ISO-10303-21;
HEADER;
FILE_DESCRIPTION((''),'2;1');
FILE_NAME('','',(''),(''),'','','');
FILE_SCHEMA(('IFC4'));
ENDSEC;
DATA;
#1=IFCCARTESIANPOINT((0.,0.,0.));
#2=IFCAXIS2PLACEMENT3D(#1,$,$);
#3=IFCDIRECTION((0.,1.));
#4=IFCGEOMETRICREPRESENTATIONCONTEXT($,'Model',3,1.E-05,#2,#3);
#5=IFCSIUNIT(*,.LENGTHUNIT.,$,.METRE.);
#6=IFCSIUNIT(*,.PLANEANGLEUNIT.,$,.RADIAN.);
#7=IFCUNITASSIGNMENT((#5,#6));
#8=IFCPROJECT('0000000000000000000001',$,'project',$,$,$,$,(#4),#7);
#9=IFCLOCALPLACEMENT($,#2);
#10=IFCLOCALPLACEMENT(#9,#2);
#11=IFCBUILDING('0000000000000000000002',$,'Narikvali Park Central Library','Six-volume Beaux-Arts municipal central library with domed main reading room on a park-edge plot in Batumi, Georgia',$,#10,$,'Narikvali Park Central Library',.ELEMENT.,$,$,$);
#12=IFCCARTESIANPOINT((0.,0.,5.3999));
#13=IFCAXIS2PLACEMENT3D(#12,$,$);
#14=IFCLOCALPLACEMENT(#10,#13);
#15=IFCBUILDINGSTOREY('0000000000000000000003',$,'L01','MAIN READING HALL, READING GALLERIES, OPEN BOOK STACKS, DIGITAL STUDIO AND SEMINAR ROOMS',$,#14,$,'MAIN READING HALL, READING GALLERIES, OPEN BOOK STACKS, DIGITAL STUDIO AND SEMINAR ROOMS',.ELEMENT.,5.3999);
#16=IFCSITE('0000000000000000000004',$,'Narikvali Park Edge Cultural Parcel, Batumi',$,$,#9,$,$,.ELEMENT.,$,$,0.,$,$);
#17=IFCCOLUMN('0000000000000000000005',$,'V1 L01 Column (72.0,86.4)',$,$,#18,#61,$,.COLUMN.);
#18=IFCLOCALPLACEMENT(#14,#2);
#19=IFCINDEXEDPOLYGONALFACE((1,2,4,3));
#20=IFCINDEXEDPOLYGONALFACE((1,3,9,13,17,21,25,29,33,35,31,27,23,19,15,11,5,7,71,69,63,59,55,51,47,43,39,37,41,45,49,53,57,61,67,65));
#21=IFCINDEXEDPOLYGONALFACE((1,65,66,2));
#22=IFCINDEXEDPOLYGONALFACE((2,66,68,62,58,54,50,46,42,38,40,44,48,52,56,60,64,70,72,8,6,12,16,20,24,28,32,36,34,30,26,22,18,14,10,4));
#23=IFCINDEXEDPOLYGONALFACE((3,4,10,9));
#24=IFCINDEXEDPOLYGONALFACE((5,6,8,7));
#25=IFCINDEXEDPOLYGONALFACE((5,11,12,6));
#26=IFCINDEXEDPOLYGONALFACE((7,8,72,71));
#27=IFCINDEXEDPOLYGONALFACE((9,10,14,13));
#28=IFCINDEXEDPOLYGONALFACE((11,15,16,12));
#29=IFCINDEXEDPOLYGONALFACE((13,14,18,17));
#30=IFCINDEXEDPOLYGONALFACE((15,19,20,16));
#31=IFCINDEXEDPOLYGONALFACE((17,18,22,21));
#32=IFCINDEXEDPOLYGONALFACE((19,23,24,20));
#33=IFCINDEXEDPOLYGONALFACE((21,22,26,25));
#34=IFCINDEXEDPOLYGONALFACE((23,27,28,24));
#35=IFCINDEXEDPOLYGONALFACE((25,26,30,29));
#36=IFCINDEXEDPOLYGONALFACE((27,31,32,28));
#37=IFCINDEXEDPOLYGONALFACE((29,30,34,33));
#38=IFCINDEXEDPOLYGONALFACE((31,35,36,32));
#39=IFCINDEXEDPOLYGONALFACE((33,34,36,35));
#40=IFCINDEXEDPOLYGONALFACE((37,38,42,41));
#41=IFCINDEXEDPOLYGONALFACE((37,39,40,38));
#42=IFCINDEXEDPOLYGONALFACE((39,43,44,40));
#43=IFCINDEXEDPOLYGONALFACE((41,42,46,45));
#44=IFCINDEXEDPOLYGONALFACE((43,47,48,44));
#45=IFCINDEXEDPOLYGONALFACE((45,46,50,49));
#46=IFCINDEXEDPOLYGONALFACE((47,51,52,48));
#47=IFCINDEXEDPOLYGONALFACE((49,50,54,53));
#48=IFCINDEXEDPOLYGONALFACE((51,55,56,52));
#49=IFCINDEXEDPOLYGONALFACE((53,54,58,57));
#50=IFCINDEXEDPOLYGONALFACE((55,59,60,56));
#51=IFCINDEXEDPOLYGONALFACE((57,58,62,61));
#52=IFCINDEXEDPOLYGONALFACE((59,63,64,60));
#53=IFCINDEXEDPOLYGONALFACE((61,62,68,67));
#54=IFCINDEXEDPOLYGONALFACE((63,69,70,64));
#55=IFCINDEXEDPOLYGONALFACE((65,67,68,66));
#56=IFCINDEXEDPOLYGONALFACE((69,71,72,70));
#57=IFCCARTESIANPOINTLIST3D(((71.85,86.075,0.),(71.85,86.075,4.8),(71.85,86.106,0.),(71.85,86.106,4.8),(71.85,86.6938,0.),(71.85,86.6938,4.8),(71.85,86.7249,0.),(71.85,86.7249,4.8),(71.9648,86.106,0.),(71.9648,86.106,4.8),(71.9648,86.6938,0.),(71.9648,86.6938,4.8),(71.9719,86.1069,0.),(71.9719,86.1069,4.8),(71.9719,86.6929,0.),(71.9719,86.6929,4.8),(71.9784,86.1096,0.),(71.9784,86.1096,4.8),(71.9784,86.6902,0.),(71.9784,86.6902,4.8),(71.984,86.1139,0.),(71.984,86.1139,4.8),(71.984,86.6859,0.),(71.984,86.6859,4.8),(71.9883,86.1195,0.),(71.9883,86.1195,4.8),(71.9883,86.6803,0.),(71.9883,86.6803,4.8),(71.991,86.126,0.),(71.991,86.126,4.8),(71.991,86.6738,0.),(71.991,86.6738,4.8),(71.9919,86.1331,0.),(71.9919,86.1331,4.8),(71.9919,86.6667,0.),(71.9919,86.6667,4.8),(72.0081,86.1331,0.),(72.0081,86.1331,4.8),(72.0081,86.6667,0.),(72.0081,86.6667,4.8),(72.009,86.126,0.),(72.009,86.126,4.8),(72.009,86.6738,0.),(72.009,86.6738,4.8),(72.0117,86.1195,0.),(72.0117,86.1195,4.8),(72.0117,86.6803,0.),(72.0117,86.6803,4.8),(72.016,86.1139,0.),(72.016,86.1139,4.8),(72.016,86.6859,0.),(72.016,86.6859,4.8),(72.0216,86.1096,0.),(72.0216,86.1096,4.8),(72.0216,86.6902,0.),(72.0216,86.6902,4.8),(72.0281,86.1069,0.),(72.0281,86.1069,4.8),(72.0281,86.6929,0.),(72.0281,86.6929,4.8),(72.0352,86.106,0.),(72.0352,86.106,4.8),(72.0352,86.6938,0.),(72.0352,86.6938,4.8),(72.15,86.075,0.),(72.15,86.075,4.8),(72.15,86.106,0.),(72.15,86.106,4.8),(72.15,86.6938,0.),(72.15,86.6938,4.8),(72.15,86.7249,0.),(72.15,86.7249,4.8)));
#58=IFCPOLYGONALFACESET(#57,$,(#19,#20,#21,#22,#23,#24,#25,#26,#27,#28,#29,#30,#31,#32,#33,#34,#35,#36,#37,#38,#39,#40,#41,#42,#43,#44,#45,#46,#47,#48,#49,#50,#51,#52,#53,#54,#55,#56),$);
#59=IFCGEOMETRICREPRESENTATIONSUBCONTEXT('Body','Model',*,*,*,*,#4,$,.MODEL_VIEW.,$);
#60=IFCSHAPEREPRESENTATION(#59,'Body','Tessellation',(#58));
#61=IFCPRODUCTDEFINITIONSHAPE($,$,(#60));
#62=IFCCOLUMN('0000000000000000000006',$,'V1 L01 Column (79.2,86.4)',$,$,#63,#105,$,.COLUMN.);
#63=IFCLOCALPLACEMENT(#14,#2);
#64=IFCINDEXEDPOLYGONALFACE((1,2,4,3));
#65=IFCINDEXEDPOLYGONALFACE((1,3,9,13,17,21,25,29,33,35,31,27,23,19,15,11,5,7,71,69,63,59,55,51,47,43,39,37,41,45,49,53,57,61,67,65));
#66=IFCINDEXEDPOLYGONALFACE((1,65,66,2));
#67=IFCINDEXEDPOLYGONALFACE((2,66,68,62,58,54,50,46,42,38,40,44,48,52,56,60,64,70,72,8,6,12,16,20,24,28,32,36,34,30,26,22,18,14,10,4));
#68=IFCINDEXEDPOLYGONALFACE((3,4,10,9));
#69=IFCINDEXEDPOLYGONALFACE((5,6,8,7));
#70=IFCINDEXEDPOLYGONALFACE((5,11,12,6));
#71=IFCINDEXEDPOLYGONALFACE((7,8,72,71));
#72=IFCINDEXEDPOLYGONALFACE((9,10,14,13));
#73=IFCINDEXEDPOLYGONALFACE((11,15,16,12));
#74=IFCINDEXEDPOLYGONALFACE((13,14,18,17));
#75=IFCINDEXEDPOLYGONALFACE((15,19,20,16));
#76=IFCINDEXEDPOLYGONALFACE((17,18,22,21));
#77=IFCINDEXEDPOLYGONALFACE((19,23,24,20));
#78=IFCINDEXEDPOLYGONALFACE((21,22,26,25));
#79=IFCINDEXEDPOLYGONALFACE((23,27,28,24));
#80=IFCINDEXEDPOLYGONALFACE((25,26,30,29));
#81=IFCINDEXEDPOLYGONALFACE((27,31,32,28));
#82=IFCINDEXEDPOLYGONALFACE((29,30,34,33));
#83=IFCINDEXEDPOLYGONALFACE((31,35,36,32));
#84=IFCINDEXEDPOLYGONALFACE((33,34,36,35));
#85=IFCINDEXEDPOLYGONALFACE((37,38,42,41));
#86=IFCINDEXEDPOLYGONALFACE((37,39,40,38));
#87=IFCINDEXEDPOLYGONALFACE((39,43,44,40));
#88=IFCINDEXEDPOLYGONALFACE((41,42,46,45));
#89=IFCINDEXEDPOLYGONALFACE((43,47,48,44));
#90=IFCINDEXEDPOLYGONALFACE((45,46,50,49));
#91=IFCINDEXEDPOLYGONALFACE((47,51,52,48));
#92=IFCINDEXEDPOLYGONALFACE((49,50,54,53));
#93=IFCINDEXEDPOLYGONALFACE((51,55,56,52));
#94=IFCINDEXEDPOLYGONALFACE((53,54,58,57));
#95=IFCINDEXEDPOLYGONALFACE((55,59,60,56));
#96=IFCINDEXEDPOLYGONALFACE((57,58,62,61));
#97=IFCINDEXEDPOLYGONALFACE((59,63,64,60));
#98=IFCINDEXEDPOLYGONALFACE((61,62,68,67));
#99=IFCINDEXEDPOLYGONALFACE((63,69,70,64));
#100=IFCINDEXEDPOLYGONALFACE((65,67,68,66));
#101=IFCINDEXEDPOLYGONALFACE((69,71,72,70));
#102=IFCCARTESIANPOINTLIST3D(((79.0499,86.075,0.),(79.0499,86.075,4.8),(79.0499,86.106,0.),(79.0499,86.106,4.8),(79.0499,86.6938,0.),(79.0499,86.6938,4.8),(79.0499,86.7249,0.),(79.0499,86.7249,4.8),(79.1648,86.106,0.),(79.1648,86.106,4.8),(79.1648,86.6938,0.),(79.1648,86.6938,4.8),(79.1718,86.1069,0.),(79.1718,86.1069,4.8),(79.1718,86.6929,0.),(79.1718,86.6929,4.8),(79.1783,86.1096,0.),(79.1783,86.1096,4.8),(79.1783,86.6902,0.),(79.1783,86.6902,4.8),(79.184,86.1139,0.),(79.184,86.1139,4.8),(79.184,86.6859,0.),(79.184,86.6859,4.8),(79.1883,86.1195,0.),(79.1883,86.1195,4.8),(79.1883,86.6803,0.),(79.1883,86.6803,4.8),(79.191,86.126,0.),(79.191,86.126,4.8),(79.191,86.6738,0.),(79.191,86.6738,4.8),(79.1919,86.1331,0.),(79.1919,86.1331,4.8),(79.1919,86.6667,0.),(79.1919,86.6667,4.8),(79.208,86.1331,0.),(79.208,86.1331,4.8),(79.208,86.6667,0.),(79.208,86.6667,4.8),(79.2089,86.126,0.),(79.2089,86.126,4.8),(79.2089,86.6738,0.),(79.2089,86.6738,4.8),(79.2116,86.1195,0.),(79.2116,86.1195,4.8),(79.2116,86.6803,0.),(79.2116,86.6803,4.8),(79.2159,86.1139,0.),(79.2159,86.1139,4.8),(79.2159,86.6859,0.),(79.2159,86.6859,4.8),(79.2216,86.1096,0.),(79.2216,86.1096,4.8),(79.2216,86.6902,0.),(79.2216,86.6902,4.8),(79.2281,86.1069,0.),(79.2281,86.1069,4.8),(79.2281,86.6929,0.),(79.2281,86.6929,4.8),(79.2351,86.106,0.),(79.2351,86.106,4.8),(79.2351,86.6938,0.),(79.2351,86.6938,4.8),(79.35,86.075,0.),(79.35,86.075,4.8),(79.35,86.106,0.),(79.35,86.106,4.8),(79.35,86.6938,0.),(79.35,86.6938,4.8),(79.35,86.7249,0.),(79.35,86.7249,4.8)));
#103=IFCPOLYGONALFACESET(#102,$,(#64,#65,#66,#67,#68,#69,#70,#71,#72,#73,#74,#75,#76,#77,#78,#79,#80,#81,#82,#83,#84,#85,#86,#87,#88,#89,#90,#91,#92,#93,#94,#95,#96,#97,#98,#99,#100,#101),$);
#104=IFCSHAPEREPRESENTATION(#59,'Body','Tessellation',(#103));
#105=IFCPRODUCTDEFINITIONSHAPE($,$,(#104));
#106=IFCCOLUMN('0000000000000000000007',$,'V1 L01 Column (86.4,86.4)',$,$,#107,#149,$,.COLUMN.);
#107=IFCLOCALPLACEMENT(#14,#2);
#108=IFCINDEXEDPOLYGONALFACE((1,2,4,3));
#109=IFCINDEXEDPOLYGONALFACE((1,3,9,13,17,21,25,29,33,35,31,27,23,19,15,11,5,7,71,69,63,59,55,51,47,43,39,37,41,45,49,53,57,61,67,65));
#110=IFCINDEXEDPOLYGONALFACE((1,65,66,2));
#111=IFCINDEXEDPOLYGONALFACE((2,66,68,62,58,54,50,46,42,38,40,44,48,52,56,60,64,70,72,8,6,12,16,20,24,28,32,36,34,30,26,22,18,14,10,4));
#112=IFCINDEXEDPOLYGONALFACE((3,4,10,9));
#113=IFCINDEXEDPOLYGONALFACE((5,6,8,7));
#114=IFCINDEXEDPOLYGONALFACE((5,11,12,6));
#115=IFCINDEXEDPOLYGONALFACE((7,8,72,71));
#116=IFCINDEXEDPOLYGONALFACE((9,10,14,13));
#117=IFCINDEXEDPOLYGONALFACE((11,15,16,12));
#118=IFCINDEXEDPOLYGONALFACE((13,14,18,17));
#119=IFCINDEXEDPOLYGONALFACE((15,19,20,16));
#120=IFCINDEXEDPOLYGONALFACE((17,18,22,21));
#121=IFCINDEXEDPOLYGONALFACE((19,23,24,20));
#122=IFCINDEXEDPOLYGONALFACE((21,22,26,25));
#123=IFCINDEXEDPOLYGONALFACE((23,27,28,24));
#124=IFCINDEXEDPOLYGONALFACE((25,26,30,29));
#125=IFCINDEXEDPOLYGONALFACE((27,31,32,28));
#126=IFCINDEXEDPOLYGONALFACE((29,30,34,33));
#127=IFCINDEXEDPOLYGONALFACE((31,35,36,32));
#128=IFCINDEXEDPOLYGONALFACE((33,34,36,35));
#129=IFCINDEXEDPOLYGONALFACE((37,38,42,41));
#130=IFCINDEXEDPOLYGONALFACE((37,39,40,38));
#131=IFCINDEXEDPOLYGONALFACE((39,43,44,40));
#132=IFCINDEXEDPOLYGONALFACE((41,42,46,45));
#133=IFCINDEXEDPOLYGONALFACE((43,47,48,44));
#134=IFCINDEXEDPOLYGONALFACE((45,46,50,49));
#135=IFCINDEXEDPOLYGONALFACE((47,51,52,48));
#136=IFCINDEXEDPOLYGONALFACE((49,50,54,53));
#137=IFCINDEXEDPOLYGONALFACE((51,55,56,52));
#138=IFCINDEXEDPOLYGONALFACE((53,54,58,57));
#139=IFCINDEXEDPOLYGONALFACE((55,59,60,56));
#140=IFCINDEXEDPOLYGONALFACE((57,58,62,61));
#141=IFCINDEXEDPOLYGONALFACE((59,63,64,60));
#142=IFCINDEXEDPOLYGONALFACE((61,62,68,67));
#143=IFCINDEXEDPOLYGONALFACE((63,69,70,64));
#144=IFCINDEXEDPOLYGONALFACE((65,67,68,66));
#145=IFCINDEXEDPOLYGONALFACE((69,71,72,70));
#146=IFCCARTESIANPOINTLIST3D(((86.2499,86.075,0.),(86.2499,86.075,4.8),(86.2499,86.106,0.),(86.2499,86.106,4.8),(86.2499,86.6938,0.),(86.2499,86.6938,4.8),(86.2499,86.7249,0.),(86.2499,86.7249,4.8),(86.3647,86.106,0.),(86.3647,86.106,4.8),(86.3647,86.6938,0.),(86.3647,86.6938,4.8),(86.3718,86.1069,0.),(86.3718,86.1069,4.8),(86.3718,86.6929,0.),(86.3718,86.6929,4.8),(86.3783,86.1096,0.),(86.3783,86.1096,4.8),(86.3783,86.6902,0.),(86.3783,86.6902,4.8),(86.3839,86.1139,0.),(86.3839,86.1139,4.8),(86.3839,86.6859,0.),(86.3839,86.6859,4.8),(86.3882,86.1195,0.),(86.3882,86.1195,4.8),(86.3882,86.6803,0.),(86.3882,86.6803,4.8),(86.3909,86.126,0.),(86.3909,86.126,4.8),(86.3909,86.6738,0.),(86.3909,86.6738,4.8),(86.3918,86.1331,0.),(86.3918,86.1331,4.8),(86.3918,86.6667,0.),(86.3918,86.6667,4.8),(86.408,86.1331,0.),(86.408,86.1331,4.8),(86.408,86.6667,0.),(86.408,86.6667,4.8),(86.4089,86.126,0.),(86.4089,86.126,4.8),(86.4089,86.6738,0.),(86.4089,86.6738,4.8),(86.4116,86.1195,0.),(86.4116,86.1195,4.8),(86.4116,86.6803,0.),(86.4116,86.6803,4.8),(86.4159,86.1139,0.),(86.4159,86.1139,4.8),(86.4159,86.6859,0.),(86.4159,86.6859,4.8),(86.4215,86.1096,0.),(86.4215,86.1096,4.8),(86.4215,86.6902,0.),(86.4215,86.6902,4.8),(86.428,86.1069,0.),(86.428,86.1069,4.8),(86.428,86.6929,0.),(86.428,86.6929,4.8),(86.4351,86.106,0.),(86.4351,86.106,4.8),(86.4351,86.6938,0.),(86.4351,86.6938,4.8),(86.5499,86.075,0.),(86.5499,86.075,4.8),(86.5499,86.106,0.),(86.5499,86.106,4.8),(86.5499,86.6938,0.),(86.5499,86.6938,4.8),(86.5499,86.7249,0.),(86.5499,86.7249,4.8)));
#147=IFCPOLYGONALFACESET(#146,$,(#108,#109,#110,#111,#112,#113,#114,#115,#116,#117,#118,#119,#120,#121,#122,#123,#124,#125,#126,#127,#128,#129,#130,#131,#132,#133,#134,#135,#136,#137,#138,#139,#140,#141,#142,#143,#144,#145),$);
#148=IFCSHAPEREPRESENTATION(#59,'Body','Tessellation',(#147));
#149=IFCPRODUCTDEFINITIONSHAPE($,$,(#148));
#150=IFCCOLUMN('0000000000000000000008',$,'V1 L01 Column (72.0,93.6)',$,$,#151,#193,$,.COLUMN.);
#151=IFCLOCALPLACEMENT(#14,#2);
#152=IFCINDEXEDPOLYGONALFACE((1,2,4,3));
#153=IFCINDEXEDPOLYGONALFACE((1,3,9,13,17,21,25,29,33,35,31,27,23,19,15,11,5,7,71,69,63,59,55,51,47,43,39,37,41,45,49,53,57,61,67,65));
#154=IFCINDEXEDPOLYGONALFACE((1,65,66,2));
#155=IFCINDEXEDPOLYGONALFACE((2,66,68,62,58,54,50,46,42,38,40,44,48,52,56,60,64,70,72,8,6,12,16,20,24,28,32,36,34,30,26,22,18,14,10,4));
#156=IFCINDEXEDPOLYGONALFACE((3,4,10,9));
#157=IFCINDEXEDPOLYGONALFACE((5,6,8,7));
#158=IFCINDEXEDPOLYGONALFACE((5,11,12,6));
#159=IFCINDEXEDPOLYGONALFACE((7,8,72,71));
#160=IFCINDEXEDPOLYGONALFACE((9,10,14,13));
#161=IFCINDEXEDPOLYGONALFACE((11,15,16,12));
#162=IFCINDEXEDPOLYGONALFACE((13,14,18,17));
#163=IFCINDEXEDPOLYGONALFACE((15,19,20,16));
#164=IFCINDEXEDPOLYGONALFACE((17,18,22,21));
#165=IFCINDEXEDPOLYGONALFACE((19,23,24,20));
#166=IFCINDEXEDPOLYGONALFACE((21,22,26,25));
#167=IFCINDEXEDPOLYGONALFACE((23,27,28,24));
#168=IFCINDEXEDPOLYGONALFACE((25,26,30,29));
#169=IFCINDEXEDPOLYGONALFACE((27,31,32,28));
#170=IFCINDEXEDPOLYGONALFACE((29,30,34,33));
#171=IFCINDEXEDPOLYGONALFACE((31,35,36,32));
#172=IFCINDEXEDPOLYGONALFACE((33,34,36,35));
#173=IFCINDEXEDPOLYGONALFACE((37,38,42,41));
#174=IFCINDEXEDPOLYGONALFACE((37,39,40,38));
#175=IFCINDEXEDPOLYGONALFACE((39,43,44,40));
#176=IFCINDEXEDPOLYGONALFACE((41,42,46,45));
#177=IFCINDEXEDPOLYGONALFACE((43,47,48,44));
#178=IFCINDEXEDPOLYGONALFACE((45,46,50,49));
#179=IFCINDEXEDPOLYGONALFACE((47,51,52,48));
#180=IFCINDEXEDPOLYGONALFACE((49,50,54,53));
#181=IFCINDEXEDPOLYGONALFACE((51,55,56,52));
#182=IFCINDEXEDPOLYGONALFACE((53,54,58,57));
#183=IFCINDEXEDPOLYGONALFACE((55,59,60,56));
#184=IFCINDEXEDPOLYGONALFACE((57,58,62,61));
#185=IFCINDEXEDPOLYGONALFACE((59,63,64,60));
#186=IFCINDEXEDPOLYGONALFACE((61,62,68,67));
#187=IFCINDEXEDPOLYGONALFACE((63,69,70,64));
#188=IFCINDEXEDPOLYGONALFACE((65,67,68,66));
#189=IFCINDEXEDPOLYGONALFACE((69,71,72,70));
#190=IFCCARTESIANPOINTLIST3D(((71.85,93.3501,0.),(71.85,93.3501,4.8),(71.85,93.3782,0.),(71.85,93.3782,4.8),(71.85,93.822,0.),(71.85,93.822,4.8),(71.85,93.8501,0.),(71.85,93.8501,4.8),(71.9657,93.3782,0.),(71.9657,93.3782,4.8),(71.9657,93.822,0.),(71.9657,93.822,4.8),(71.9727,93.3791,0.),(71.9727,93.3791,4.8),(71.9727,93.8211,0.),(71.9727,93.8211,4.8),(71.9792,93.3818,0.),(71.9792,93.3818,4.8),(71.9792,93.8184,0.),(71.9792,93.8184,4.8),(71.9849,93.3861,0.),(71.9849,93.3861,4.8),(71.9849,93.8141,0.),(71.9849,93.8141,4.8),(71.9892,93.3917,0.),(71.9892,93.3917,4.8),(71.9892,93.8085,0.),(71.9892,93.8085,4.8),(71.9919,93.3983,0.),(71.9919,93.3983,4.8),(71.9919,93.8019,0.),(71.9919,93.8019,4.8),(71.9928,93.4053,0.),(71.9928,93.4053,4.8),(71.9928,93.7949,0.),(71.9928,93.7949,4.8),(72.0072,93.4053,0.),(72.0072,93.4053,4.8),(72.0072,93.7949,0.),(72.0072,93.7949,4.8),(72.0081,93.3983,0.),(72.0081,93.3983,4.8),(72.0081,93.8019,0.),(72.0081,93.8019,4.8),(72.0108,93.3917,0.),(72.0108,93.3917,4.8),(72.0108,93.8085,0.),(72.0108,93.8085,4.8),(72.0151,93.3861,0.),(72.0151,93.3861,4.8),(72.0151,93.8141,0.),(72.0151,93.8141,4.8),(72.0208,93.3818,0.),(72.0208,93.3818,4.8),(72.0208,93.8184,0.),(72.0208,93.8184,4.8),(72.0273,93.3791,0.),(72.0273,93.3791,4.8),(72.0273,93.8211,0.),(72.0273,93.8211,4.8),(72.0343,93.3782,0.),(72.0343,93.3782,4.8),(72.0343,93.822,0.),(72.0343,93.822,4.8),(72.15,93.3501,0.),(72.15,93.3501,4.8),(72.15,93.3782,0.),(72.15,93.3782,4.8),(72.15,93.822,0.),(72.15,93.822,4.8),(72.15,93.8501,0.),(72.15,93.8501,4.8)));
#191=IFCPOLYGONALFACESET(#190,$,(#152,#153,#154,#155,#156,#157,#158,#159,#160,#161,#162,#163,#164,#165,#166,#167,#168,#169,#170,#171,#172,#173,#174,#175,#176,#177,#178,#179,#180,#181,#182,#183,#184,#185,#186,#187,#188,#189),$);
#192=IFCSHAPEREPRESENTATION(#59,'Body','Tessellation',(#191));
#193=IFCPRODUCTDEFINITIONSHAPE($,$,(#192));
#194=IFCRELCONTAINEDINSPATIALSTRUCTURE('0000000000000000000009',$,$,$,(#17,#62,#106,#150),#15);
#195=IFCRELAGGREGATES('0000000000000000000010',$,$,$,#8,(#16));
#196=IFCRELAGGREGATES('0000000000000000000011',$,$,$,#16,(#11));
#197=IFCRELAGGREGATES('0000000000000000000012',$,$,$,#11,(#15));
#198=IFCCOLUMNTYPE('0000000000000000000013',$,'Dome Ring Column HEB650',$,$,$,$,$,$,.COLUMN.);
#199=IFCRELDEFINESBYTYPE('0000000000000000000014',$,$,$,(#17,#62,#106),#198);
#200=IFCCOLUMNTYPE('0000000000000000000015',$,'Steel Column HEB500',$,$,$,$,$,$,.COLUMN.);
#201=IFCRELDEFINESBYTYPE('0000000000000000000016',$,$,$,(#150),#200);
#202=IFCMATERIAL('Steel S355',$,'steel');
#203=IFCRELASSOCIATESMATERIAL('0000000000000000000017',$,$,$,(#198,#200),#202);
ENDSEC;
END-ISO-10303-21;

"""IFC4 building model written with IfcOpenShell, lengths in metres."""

from ifc_helpers import new_model, si_unit, direction, frame, origin, origin_2d, place, context, subcontext, project, spatial, i_section, extrude, material, material_profile, profile_set, type_object, element, save


model = new_model("IFC4")

# Units and contexts
model_context = context("Model", 3, precision=1e-05, world=origin(), true_north=direction((0.0, 1.0)))
body_context = subcontext(model_context, "Body", "Model", "MODEL_VIEW")
ifc_project = project(units=[si_unit("LENGTHUNIT", "METRE"), si_unit("PLANEANGLEUNIT", "RADIAN")], contexts=[model_context])

# Site, building, storey
site_placement = place(None, origin())
site = spatial("IfcSite", under=ifc_project, at=site_placement, Name="Narikvali Park Edge Cultural Parcel, Batumi", CompositionType="ELEMENT", RefElevation=0.0)
building_placement = place(site_placement, origin())
building = spatial("IfcBuilding", under=site, at=building_placement, Name="Narikvali Park Central Library", Description="Six-volume Beaux-Arts municipal central library with domed main reading room on a park-edge plot in Batumi, Georgia", LongName="Narikvali Park Central Library", CompositionType="ELEMENT")
storey_placement = place(building_placement, frame((0.0, 0.0, 5.3999)))
storey = spatial("IfcBuildingStorey", under=building, at=storey_placement, Name="L01", Description="MAIN READING HALL, READING GALLERIES, OPEN BOOK STACKS, DIGITAL STUDIO AND SEMINAR ROOMS", LongName="MAIN READING HALL, READING GALLERIES, OPEN BOOK STACKS, DIGITAL STUDIO AND SEMINAR ROOMS", CompositionType="ELEMENT", Elevation=5.3999)

# Columns
ifc_material_1 = material(Name="Steel S355", Category="steel")
ifc_material_profile_1 = material_profile(ifc_material_1, i_section(OverallWidth=0.3, OverallDepth=0.6499, WebThickness=0.0161, FlangeThickness=0.031, FilletRadius=0.0271, at=origin_2d()), Name="HEB 650")
ifc_profile_set_1 = profile_set([ifc_material_profile_1], Name="Steel S355")
column_type_1 = type_object("IfcColumnType", Name="Dome Ring Column HEB650", PredefinedType="COLUMN", material=ifc_profile_set_1)
for number, where, z_axis, x_axis, name in (
    (1, (72.0, 86.3999, 0.0), (0.0, 0.0, 1.0), (1.0, 0.0, 0.0), "V1 L01 Column (72.0,86.4)"),
    (2, (79.2, 86.3999, 0.0), (0.0, 0.0, 1.0), (1.0, 0.0, 0.0), "V1 L01 Column (79.2,86.4)"),
    (3, (86.3999, 86.3999, 0.0), (0.0, 0.0, 1.0), (1.0, 0.0, 0.0), "V1 L01 Column (86.4,86.4)"),
):
    element("IfcColumn", number, at=place(storey_placement, frame(where, z_axis=z_axis, x_axis=x_axis)), inside=storey, type_object=column_type_1, Name=name, PredefinedType="COLUMN", context=body_context, shape_type="SweptSolid", body=[
        extrude(i_section(OverallWidth=0.3, OverallDepth=0.6499, WebThickness=0.0161, FlangeThickness=0.031, FilletRadius=0.0271, at=origin_2d()), origin(), (0.0, 0.0, 1.0), 4.8),
    ])
ifc_material_profile_2 = material_profile(ifc_material_1, i_section(OverallWidth=0.3, OverallDepth=0.5, WebThickness=0.0144, FlangeThickness=0.0281, FilletRadius=0.0271, at=origin_2d()), Name="HEB 500")
ifc_profile_set_2 = profile_set([ifc_material_profile_2], Name="Steel S355")
column_type_2 = type_object("IfcColumnType", Name="Steel Column HEB500", PredefinedType="COLUMN", material=ifc_profile_set_2)
column_placement = place(storey_placement, frame((72.0, 93.6001, 0.0), z_axis=(0.0, 0.0, 1.0), x_axis=(1.0, 0.0, 0.0)))
element("IfcColumn", 4, at=column_placement, inside=storey, type_object=column_type_2, Name="V1 L01 Column (72.0,93.6)", PredefinedType="COLUMN", context=body_context, shape_type="SweptSolid", body=[
    extrude(i_section(OverallWidth=0.3, OverallDepth=0.5, WebThickness=0.0144, FlangeThickness=0.0281, FilletRadius=0.0271, at=origin_2d()), origin(), (0.0, 0.0, 1.0), 4.8),
])

save(model, "model.ifc")
